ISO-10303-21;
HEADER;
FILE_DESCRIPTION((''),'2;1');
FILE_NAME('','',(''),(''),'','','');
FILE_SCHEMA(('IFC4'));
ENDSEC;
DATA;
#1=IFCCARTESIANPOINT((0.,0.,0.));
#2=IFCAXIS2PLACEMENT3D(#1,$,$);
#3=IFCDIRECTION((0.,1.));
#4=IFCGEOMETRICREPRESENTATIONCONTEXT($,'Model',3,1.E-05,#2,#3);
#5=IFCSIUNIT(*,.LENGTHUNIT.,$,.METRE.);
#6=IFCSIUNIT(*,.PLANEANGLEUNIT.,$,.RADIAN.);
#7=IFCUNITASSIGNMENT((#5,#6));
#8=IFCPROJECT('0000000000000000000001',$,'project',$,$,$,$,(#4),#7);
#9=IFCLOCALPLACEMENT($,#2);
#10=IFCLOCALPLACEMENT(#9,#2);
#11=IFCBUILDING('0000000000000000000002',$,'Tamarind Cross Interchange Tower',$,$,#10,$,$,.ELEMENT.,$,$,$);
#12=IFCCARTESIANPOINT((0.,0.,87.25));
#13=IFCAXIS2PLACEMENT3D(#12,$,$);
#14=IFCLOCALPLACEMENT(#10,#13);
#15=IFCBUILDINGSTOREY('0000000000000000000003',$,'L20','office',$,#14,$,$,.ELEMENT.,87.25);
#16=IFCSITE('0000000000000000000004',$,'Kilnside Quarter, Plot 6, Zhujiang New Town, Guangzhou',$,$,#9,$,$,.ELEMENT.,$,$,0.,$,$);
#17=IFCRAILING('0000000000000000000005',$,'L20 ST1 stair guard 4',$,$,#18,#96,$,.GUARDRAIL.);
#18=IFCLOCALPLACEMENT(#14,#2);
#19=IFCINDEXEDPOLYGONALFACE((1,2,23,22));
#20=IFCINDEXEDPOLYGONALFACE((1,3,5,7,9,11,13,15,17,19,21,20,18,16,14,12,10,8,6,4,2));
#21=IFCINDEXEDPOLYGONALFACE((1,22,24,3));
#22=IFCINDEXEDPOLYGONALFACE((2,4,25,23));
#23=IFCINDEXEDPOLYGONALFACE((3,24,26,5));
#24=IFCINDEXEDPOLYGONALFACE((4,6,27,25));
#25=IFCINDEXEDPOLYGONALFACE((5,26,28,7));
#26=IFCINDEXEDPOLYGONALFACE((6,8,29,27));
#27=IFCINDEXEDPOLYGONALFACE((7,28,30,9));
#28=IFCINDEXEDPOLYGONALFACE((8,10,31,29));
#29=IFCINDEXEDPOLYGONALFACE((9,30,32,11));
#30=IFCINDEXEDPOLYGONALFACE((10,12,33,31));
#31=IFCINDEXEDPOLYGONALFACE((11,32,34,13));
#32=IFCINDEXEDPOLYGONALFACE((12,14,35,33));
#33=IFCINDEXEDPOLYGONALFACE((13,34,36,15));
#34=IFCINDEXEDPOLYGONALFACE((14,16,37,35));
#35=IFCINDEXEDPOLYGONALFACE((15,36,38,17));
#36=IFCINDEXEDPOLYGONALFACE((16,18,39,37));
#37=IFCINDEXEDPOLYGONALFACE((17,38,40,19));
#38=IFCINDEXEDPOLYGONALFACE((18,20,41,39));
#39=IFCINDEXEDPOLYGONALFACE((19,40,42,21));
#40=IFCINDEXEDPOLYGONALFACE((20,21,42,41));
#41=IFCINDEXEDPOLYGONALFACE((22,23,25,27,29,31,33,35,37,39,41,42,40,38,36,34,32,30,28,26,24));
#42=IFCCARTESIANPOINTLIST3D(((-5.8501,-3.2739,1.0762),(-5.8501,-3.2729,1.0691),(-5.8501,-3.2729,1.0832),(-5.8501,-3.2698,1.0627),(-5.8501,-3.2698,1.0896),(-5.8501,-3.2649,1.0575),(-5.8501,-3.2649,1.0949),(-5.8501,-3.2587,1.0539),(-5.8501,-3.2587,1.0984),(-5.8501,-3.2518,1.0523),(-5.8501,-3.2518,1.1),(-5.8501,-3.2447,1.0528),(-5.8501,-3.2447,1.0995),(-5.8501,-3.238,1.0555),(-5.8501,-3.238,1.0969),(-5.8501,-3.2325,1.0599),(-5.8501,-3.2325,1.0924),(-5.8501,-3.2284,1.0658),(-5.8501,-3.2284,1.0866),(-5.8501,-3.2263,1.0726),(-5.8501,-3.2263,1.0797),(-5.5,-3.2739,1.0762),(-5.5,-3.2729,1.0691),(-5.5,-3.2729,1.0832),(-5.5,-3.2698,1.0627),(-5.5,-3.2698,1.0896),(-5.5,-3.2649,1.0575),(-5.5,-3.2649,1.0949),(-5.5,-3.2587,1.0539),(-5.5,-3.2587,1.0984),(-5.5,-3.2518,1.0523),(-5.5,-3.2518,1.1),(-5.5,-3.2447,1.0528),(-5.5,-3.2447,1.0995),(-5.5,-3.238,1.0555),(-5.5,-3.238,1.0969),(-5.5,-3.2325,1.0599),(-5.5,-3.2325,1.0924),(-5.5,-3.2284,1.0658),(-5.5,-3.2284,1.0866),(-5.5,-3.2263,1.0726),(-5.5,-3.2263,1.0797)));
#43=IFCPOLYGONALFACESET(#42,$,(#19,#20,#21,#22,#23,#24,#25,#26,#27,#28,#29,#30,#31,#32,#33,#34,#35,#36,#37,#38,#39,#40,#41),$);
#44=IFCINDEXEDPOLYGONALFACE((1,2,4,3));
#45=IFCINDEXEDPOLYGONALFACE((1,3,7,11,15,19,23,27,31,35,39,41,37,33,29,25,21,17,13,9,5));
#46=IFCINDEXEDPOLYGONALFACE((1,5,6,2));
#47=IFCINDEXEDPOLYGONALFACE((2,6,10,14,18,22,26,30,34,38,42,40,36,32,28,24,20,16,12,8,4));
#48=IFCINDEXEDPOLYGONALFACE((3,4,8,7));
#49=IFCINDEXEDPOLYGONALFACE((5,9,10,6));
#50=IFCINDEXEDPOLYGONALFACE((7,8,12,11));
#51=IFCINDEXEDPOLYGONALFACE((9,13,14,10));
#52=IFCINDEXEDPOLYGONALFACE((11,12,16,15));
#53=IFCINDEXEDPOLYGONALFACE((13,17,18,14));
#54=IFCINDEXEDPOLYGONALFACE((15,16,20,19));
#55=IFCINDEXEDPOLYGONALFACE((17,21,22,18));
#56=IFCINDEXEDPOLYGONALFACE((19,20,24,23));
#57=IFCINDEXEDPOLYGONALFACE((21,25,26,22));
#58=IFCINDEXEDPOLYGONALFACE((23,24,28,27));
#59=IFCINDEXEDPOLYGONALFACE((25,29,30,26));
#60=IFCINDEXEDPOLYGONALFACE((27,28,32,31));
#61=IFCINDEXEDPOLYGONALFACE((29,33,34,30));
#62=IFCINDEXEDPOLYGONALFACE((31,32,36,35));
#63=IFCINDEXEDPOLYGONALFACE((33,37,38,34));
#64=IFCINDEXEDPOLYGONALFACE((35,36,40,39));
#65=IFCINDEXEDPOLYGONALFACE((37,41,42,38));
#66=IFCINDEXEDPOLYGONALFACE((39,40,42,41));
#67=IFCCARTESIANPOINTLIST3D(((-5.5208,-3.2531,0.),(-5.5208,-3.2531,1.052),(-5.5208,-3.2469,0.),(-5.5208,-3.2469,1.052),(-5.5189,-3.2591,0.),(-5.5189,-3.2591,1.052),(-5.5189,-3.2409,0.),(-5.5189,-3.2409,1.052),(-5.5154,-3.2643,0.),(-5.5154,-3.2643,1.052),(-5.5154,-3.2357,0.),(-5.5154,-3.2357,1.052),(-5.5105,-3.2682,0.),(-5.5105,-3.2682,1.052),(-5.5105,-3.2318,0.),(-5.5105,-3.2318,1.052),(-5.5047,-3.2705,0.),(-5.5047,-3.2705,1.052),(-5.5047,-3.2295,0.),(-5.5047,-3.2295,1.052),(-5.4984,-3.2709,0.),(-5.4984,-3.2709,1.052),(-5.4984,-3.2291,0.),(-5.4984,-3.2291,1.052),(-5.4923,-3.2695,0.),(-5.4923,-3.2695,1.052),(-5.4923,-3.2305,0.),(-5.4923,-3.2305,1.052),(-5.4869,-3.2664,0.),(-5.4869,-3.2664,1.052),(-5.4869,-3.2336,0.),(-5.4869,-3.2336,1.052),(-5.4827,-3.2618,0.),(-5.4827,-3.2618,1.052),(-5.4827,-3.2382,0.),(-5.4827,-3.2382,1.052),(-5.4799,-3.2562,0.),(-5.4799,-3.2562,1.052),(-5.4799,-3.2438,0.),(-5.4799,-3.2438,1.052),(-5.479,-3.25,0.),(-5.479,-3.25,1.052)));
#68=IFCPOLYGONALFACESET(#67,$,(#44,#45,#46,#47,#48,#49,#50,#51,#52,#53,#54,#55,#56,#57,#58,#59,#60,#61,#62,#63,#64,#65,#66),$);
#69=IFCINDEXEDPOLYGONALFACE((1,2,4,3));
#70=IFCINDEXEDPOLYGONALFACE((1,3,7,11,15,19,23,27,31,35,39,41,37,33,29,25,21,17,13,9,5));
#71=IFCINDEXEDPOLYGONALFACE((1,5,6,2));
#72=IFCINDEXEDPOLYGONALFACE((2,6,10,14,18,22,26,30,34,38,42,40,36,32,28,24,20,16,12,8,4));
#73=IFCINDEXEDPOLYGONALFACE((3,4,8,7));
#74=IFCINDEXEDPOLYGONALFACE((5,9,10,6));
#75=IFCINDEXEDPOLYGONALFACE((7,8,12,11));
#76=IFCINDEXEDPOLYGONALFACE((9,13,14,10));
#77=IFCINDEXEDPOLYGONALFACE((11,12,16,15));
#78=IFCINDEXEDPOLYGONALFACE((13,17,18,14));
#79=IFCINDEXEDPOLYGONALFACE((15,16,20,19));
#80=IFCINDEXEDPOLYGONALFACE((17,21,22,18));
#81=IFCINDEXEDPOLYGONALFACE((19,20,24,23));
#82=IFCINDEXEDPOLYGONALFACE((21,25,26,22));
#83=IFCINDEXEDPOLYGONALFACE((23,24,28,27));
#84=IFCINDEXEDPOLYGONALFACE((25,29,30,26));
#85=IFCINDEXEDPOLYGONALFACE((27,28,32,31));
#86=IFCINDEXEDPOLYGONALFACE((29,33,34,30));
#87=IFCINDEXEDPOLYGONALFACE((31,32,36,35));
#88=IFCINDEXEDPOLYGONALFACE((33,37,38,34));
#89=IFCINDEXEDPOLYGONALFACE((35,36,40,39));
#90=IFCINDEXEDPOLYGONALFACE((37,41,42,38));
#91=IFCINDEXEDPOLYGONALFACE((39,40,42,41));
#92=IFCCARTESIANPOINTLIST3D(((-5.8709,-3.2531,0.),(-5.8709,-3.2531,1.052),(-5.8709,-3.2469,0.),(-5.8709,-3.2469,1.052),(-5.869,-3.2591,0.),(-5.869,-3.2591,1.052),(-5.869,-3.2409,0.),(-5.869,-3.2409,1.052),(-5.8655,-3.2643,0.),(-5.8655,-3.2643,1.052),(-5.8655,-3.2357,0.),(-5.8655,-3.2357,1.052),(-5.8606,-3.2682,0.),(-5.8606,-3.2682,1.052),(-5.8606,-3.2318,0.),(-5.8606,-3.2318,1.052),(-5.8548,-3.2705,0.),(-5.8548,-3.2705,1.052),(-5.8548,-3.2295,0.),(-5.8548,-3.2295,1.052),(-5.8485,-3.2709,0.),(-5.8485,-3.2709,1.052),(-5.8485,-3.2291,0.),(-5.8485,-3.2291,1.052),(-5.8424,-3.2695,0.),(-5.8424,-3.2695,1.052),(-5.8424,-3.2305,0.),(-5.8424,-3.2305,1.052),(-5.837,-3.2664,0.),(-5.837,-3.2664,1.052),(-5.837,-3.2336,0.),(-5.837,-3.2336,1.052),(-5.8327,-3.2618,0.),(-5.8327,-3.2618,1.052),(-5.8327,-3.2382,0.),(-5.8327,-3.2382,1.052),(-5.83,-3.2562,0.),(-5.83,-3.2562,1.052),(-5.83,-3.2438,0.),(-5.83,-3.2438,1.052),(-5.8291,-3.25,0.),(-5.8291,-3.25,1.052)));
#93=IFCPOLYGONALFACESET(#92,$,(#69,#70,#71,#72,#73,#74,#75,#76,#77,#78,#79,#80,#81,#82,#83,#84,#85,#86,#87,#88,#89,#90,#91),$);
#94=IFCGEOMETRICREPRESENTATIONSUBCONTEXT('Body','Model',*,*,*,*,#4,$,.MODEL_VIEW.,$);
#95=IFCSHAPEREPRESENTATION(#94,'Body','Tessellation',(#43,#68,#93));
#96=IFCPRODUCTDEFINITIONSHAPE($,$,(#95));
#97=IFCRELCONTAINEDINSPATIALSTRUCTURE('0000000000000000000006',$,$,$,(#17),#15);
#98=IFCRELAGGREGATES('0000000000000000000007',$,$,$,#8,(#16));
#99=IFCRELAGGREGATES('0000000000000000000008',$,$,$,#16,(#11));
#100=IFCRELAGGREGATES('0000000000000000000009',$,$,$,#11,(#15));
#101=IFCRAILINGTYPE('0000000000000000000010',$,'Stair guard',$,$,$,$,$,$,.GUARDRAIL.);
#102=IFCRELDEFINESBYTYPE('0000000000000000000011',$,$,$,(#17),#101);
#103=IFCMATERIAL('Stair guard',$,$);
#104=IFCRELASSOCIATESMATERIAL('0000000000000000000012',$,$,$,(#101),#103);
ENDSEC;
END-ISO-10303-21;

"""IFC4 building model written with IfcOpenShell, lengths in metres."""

from ifc_helpers import new_model, si_unit, direction, frame, origin, origin_2d, place, context, subcontext, project, spatial, circle, extrude, material, type_object, element, save


model = new_model("IFC4")

# Units and contexts
model_context = context("Model", 3, precision=1e-05, world=origin(), true_north=direction((0.0, 1.0)))
body_context = subcontext(model_context, "Body", "Model", "MODEL_VIEW")
ifc_project = project(units=[si_unit("LENGTHUNIT", "METRE"), si_unit("PLANEANGLEUNIT", "RADIAN")], contexts=[model_context])

# Site, building, storey
site_placement = place(None, origin())
site = spatial("IfcSite", under=ifc_project, at=site_placement, Name="Kilnside Quarter, Plot 6, Zhujiang New Town, Guangzhou", CompositionType="ELEMENT", RefElevation=0.0)
building_placement = place(site_placement, origin())
building = spatial("IfcBuilding", under=site, at=building_placement, Name="Tamarind Cross Interchange Tower", CompositionType="ELEMENT")
storey_placement = place(building_placement, frame((0.0, 0.0, 87.25)))
storey = spatial("IfcBuildingStorey", under=building, at=storey_placement, Name="L20", Description="office", CompositionType="ELEMENT", Elevation=87.25)

# Railing
ifc_material_1 = material(Name="Stair guard")
railing_type_1 = type_object("IfcRailingType", Name="Stair guard", PredefinedType="GUARDRAIL", material=ifc_material_1)
railing_1_placement = place(storey_placement, frame((-5.5, -3.25, 0.0)))
element("IfcRailing", 1, at=railing_1_placement, inside=storey, type_object=railing_type_1, Name="L20 ST1 stair guard 4", PredefinedType="GUARDRAIL", context=body_context, shape_type="SweptSolid", body=[
    extrude(circle(Radius=0.0239, at=origin_2d()), frame((0.0, 0.0, 1.0762), z_axis=(-1.0, 0.0, 0.0), x_axis=(0.0, -1.0, 0.0)), (0.0, 0.0, 1.0), 0.3501),
    extrude(circle(Radius=0.021, at=origin_2d()), origin(), (0.0, 0.0, 1.0), 1.052),
    extrude(circle(Radius=0.021, at=origin_2d()), frame((-0.3501, 0.0, 0.0)), (0.0, 0.0, 1.0), 1.052),
])

save(model, "model.ifc")
